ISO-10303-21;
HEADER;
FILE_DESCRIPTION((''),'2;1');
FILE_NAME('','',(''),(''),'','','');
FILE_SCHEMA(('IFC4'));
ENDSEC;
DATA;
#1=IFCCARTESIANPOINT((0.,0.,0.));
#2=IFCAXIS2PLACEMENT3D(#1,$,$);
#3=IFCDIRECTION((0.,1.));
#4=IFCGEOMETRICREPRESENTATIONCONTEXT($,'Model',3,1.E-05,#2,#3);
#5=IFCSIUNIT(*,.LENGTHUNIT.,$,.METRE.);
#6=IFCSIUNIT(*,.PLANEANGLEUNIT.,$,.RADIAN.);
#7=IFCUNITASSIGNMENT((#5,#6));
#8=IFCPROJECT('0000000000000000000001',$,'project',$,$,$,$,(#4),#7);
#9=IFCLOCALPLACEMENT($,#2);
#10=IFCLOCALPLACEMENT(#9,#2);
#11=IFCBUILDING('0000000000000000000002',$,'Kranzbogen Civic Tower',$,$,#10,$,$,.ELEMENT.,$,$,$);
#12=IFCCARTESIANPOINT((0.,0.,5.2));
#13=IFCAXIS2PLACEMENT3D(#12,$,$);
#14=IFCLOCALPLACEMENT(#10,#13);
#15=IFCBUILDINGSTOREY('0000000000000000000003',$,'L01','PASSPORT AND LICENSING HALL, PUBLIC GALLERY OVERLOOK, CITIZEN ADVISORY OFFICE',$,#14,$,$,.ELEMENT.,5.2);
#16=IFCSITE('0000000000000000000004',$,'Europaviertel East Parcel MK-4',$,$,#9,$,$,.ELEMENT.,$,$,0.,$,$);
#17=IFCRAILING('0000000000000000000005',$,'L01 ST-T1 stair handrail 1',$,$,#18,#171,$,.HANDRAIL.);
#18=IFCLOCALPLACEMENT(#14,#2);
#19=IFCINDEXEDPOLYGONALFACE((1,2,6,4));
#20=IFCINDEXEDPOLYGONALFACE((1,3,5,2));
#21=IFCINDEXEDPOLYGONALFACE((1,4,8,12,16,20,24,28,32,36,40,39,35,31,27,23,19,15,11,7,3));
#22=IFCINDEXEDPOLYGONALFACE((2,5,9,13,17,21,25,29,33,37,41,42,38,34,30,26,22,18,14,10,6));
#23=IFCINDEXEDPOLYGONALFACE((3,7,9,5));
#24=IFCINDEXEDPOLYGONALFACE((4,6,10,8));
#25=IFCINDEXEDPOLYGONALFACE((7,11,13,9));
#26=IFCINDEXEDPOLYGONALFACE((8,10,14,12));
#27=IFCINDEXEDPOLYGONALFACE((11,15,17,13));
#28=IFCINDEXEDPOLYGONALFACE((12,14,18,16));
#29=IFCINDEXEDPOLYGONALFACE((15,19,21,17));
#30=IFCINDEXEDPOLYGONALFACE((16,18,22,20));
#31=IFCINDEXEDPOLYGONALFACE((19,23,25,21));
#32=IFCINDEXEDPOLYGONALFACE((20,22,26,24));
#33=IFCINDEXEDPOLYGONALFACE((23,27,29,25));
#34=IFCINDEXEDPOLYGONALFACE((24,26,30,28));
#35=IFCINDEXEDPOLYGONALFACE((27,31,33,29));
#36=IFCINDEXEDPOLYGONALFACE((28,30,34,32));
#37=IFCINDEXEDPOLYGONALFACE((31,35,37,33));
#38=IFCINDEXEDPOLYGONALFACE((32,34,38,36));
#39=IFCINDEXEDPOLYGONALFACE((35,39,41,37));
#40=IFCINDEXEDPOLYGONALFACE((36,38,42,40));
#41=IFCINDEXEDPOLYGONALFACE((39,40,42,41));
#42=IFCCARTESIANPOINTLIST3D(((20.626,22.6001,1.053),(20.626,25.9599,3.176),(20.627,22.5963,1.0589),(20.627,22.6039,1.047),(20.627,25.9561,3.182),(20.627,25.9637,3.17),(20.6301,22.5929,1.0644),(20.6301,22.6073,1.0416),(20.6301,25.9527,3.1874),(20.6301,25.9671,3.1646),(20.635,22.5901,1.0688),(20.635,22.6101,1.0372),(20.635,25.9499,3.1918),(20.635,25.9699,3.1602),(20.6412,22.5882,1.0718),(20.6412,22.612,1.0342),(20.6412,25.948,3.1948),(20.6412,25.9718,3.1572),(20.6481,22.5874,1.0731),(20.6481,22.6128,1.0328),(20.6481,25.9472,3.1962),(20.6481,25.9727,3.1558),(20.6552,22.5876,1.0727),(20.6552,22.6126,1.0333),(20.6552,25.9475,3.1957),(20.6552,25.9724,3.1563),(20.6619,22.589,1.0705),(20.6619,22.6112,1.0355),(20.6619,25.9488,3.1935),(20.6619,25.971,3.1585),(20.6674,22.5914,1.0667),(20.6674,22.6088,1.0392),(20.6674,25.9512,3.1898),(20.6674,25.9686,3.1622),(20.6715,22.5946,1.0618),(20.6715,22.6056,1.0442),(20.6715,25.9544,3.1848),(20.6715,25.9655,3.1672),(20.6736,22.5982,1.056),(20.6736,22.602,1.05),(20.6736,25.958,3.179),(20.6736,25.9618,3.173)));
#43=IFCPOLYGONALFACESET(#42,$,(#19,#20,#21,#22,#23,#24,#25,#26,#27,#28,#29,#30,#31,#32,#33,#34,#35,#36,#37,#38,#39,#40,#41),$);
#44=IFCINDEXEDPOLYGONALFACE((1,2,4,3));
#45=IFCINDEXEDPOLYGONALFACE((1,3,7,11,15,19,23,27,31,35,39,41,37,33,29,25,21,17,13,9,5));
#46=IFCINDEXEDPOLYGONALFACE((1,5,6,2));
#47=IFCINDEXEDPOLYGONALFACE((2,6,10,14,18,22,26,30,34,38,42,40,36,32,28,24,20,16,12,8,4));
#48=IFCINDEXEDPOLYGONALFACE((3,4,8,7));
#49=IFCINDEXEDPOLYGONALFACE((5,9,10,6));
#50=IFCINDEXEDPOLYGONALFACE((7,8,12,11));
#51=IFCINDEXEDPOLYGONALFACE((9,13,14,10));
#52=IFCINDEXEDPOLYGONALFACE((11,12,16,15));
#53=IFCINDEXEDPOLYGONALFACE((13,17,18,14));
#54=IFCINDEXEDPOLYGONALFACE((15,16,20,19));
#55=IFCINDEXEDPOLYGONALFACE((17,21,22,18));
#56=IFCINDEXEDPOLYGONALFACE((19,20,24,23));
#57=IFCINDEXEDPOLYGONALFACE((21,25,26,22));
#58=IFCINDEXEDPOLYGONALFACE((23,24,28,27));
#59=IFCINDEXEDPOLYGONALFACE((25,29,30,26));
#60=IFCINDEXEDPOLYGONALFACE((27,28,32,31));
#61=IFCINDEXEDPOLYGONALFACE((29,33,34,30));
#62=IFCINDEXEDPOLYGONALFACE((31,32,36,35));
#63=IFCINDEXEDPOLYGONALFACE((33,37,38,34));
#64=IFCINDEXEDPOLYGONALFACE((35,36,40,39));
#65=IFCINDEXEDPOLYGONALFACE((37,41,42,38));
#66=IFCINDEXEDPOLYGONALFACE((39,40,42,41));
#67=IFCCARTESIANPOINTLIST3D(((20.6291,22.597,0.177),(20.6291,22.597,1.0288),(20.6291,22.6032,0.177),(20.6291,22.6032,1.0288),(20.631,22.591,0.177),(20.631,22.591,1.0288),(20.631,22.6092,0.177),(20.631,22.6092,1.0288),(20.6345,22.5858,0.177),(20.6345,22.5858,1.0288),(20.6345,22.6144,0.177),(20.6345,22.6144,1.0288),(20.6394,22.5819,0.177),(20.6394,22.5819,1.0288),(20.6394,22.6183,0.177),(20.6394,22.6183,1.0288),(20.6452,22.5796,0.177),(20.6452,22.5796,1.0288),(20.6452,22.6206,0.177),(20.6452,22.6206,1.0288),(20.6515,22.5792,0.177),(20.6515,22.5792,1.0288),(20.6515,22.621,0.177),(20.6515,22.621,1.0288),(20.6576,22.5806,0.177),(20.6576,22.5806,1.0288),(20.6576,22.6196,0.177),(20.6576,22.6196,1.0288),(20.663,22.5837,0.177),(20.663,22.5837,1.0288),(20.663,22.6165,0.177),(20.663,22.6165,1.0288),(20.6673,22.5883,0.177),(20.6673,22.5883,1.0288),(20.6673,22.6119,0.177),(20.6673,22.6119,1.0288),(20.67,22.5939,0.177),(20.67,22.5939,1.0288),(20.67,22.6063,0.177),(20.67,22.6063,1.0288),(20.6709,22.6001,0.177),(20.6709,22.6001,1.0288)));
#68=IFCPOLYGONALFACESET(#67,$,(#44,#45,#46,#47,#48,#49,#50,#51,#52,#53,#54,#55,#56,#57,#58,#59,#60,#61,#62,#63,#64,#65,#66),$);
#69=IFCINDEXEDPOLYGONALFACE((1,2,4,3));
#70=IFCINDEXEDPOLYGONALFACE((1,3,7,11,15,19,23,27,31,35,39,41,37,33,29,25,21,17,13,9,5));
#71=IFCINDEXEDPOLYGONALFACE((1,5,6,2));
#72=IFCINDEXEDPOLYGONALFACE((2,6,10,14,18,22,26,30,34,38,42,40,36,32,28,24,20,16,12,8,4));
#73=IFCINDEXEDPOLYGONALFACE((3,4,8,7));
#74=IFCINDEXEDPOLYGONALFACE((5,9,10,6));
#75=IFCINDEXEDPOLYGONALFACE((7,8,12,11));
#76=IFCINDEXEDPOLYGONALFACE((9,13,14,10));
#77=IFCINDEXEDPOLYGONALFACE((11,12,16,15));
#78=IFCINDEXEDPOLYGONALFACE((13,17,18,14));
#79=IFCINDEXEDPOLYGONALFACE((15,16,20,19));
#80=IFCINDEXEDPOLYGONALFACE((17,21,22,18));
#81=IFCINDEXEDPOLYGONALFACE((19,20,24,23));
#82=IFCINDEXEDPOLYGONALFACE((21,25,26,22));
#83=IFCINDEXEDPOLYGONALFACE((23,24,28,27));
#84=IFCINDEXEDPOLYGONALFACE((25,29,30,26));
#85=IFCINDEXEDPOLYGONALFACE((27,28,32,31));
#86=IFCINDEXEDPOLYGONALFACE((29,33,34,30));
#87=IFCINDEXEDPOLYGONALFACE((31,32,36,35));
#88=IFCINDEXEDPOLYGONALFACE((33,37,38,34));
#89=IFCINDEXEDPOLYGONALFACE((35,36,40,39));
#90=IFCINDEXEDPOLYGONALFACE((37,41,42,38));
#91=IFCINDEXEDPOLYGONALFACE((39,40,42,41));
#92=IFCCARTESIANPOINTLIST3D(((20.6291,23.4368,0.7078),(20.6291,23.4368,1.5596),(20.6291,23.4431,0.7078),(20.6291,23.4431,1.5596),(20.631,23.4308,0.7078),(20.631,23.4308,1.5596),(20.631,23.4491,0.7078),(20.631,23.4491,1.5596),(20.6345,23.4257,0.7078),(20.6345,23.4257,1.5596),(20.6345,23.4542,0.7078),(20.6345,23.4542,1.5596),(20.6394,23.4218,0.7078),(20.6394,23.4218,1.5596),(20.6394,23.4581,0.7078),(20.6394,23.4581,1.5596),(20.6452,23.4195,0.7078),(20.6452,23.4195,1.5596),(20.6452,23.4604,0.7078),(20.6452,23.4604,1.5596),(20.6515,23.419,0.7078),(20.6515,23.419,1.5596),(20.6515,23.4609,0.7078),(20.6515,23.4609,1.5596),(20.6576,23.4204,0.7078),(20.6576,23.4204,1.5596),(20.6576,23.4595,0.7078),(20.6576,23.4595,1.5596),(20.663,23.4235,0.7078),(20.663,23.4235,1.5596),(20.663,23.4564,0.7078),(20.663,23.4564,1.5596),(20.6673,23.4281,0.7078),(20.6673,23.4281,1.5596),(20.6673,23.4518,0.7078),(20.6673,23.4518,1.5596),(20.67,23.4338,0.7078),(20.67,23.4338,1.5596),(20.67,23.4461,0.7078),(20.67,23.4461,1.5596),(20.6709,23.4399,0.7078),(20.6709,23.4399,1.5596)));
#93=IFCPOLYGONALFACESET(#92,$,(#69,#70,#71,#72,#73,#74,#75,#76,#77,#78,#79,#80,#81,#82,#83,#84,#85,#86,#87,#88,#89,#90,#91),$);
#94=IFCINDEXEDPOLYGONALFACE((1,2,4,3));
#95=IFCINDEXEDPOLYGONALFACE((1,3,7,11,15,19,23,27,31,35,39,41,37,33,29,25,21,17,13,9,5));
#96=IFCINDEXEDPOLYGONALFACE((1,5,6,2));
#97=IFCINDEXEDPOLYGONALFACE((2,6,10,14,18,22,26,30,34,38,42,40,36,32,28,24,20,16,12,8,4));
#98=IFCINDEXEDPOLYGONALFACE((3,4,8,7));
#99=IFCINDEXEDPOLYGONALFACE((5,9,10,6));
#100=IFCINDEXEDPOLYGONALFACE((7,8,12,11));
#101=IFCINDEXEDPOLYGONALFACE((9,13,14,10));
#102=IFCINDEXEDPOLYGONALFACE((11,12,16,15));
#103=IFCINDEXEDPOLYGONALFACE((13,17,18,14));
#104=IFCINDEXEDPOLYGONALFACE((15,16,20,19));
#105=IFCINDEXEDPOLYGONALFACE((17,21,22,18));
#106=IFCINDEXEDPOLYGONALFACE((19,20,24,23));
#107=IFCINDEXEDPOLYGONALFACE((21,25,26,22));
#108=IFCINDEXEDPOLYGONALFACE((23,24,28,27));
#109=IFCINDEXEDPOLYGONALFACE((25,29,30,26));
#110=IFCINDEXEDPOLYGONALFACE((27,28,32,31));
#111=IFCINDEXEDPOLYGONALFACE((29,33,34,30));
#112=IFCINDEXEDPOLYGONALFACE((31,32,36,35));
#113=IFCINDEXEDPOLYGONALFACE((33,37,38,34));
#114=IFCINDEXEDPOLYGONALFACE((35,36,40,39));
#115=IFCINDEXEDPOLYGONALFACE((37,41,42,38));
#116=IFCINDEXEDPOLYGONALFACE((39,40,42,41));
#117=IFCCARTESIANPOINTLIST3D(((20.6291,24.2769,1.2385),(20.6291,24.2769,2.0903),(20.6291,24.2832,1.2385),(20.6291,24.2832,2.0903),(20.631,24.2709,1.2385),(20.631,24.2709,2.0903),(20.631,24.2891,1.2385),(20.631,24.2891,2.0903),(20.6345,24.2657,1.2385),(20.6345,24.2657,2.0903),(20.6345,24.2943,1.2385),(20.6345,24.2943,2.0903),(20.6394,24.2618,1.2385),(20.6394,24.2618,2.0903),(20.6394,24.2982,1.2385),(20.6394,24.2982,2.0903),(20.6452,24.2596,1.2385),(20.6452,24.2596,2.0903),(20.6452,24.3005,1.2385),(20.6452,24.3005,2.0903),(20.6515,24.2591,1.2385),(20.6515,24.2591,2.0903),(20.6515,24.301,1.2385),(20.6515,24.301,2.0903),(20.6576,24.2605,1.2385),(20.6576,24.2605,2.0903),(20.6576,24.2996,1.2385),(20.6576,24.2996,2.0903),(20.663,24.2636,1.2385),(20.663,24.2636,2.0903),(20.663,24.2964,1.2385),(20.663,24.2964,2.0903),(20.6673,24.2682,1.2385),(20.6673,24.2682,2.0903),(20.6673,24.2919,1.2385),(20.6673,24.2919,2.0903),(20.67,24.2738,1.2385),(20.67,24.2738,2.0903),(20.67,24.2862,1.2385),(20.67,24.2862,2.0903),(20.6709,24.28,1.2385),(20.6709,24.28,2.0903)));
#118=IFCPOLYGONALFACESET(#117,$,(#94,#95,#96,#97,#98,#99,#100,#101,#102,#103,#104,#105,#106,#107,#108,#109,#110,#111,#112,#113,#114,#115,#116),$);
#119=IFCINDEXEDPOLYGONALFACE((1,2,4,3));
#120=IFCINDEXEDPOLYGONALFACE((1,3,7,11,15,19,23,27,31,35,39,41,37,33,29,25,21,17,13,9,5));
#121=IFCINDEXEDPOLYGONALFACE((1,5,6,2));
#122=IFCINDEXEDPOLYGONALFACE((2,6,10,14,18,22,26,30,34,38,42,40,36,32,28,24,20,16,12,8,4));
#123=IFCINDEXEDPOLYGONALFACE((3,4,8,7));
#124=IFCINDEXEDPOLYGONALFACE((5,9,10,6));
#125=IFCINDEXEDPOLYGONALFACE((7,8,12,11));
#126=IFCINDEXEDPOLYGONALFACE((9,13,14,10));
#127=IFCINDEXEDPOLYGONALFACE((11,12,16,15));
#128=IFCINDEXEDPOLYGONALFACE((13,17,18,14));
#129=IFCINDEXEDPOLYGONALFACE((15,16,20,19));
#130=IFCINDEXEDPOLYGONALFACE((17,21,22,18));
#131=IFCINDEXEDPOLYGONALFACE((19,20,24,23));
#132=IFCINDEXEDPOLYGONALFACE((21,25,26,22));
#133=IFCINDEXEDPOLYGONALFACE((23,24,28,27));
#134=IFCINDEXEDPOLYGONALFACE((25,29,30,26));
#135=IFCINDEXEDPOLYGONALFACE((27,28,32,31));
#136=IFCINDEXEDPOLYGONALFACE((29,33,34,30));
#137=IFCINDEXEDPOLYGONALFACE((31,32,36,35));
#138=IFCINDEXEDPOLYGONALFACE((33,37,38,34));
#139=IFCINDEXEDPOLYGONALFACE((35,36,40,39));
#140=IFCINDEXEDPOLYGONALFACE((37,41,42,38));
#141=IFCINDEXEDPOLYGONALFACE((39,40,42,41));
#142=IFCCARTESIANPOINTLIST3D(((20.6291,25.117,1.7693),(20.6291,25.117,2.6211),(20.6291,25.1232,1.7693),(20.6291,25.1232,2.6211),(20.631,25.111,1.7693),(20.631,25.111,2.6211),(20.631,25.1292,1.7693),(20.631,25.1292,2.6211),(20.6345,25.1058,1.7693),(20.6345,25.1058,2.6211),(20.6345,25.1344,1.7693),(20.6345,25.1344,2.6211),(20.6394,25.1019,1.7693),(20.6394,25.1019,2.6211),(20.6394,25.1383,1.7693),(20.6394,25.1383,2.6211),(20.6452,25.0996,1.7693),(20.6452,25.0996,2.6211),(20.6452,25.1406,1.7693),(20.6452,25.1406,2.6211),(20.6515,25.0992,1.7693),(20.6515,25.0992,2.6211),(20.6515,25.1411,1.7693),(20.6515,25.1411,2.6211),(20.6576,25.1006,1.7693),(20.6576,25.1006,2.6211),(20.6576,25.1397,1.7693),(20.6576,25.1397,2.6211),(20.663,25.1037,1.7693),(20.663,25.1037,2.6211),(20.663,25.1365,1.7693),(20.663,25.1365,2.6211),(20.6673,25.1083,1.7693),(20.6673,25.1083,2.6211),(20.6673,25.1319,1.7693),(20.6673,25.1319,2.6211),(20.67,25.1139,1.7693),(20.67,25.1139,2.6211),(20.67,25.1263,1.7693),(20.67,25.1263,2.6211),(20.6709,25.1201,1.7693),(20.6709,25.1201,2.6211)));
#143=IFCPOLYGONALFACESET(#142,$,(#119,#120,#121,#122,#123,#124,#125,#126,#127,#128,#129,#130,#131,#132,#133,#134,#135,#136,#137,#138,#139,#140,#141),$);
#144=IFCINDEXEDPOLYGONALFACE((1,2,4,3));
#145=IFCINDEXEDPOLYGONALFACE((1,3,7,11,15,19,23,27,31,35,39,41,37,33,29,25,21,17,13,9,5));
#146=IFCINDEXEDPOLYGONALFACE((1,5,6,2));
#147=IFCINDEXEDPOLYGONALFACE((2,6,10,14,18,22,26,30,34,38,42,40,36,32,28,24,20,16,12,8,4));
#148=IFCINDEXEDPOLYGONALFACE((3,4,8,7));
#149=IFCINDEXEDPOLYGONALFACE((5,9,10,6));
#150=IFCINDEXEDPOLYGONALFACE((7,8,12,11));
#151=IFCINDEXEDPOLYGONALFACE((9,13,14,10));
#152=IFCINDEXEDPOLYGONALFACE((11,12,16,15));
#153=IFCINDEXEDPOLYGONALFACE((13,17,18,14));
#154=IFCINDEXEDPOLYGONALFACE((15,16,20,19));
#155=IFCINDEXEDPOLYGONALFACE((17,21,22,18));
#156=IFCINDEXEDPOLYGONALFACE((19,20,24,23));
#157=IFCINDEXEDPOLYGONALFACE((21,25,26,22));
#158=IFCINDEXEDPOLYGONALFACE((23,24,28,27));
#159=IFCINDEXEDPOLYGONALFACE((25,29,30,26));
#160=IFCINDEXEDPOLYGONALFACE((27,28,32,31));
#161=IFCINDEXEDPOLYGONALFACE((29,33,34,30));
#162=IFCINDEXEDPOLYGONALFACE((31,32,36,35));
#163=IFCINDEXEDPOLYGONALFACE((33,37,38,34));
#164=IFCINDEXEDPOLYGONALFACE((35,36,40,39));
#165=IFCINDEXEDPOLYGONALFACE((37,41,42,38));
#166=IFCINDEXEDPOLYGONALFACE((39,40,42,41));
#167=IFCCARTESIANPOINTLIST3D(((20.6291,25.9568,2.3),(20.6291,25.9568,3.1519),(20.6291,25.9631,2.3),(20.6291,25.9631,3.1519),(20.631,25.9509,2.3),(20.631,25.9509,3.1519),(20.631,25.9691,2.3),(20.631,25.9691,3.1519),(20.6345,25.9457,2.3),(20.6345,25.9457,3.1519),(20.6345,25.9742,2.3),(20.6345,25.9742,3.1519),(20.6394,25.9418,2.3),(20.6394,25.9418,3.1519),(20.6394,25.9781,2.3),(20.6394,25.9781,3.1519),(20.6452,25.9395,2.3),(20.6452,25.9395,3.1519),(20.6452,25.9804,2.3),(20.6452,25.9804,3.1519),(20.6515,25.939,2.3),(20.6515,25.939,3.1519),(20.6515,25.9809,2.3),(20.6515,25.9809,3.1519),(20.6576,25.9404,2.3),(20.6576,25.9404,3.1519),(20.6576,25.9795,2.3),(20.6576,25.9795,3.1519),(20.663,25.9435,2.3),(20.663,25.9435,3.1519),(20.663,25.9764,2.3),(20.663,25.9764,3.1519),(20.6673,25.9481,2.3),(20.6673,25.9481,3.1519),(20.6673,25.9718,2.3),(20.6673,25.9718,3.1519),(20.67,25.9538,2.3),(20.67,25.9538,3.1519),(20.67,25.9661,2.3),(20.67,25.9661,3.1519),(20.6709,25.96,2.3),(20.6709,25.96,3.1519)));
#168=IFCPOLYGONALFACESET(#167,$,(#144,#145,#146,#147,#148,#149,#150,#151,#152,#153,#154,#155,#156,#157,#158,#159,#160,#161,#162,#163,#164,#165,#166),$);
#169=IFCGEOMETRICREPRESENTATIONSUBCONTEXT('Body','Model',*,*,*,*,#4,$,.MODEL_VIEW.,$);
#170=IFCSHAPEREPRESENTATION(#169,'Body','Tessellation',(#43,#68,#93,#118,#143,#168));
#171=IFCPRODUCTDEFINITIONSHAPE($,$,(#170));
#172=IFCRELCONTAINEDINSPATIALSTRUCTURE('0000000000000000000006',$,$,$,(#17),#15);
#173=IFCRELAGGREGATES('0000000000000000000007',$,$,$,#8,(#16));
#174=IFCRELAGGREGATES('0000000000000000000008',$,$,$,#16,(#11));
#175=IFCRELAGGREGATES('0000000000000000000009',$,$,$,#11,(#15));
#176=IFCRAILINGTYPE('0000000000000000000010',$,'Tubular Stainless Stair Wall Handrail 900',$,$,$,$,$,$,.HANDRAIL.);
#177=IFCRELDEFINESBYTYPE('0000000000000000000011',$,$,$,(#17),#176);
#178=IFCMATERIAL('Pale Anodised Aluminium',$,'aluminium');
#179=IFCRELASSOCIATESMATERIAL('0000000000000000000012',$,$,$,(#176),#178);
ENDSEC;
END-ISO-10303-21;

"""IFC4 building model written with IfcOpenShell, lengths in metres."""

from ifc_helpers import new_model, si_unit, direction, frame, origin, origin_2d, place, context, subcontext, project, spatial, circle, extrude, material, type_object, element, save


model = new_model("IFC4")

# Units and contexts
model_context = context("Model", 3, precision=1e-05, world=origin(), true_north=direction((0.0, 1.0)))
body_context = subcontext(model_context, "Body", "Model", "MODEL_VIEW")
ifc_project = project(units=[si_unit("LENGTHUNIT", "METRE"), si_unit("PLANEANGLEUNIT", "RADIAN")], contexts=[model_context])

# Site, building, storey
site_placement = place(None, origin())
site = spatial("IfcSite", under=ifc_project, at=site_placement, Name="Europaviertel East Parcel MK-4", CompositionType="ELEMENT", RefElevation=0.0)
building_placement = place(site_placement, origin())
building = spatial("IfcBuilding", under=site, at=building_placement, Name="Kranzbogen Civic Tower", CompositionType="ELEMENT")
storey_placement = place(building_placement, frame((0.0, 0.0, 5.2)))
storey = spatial("IfcBuildingStorey", under=building, at=storey_placement, Name="L01", Description="PASSPORT AND LICENSING HALL, PUBLIC GALLERY OVERLOOK, CITIZEN ADVISORY OFFICE", CompositionType="ELEMENT", Elevation=5.2)

# Shared definitions
ifc_material_1 = material(Name="Pale Anodised Aluminium", Category="aluminium")

# Railing
railing_type_1 = type_object("IfcRailingType", Name="Tubular Stainless Stair Wall Handrail 900", PredefinedType="HANDRAIL", material=ifc_material_1)
railing_1_placement = place(storey_placement, frame((20.6499, 22.6001, 0.177)))
element("IfcRailing", 1, at=railing_1_placement, inside=storey, type_object=railing_type_1, Name="L01 ST-T1 stair handrail 1", PredefinedType="HANDRAIL", context=body_context, shape_type="SweptSolid", body=[
    extrude(circle(Radius=0.0239, at=origin_2d()), frame((0.0, 0.0, 0.876), z_axis=(0.0, 0.845372, 0.534178), x_axis=(-1.0, 0.0, 0.0)), (0.0, 0.0, 1.0), 3.9744),
    extrude(circle(Radius=0.021, at=origin_2d()), origin(), (0.0, 0.0, 1.0), 0.8518),
    extrude(circle(Radius=0.021, at=origin_2d()), frame((0.0, 0.8398, 0.5308)), (0.0, 0.0, 1.0), 0.8518),
    extrude(circle(Radius=0.021, at=origin_2d()), frame((0.0, 1.6799, 1.0615)), (0.0, 0.0, 1.0), 0.8518),
    extrude(circle(Radius=0.021, at=origin_2d()), frame((0.0, 2.52, 1.5923)), (0.0, 0.0, 1.0), 0.8518),
    extrude(circle(Radius=0.021, at=origin_2d()), frame((0.0, 3.3599, 2.123)), (0.0, 0.0, 1.0), 0.8518),
])

save(model, "model.ifc")
